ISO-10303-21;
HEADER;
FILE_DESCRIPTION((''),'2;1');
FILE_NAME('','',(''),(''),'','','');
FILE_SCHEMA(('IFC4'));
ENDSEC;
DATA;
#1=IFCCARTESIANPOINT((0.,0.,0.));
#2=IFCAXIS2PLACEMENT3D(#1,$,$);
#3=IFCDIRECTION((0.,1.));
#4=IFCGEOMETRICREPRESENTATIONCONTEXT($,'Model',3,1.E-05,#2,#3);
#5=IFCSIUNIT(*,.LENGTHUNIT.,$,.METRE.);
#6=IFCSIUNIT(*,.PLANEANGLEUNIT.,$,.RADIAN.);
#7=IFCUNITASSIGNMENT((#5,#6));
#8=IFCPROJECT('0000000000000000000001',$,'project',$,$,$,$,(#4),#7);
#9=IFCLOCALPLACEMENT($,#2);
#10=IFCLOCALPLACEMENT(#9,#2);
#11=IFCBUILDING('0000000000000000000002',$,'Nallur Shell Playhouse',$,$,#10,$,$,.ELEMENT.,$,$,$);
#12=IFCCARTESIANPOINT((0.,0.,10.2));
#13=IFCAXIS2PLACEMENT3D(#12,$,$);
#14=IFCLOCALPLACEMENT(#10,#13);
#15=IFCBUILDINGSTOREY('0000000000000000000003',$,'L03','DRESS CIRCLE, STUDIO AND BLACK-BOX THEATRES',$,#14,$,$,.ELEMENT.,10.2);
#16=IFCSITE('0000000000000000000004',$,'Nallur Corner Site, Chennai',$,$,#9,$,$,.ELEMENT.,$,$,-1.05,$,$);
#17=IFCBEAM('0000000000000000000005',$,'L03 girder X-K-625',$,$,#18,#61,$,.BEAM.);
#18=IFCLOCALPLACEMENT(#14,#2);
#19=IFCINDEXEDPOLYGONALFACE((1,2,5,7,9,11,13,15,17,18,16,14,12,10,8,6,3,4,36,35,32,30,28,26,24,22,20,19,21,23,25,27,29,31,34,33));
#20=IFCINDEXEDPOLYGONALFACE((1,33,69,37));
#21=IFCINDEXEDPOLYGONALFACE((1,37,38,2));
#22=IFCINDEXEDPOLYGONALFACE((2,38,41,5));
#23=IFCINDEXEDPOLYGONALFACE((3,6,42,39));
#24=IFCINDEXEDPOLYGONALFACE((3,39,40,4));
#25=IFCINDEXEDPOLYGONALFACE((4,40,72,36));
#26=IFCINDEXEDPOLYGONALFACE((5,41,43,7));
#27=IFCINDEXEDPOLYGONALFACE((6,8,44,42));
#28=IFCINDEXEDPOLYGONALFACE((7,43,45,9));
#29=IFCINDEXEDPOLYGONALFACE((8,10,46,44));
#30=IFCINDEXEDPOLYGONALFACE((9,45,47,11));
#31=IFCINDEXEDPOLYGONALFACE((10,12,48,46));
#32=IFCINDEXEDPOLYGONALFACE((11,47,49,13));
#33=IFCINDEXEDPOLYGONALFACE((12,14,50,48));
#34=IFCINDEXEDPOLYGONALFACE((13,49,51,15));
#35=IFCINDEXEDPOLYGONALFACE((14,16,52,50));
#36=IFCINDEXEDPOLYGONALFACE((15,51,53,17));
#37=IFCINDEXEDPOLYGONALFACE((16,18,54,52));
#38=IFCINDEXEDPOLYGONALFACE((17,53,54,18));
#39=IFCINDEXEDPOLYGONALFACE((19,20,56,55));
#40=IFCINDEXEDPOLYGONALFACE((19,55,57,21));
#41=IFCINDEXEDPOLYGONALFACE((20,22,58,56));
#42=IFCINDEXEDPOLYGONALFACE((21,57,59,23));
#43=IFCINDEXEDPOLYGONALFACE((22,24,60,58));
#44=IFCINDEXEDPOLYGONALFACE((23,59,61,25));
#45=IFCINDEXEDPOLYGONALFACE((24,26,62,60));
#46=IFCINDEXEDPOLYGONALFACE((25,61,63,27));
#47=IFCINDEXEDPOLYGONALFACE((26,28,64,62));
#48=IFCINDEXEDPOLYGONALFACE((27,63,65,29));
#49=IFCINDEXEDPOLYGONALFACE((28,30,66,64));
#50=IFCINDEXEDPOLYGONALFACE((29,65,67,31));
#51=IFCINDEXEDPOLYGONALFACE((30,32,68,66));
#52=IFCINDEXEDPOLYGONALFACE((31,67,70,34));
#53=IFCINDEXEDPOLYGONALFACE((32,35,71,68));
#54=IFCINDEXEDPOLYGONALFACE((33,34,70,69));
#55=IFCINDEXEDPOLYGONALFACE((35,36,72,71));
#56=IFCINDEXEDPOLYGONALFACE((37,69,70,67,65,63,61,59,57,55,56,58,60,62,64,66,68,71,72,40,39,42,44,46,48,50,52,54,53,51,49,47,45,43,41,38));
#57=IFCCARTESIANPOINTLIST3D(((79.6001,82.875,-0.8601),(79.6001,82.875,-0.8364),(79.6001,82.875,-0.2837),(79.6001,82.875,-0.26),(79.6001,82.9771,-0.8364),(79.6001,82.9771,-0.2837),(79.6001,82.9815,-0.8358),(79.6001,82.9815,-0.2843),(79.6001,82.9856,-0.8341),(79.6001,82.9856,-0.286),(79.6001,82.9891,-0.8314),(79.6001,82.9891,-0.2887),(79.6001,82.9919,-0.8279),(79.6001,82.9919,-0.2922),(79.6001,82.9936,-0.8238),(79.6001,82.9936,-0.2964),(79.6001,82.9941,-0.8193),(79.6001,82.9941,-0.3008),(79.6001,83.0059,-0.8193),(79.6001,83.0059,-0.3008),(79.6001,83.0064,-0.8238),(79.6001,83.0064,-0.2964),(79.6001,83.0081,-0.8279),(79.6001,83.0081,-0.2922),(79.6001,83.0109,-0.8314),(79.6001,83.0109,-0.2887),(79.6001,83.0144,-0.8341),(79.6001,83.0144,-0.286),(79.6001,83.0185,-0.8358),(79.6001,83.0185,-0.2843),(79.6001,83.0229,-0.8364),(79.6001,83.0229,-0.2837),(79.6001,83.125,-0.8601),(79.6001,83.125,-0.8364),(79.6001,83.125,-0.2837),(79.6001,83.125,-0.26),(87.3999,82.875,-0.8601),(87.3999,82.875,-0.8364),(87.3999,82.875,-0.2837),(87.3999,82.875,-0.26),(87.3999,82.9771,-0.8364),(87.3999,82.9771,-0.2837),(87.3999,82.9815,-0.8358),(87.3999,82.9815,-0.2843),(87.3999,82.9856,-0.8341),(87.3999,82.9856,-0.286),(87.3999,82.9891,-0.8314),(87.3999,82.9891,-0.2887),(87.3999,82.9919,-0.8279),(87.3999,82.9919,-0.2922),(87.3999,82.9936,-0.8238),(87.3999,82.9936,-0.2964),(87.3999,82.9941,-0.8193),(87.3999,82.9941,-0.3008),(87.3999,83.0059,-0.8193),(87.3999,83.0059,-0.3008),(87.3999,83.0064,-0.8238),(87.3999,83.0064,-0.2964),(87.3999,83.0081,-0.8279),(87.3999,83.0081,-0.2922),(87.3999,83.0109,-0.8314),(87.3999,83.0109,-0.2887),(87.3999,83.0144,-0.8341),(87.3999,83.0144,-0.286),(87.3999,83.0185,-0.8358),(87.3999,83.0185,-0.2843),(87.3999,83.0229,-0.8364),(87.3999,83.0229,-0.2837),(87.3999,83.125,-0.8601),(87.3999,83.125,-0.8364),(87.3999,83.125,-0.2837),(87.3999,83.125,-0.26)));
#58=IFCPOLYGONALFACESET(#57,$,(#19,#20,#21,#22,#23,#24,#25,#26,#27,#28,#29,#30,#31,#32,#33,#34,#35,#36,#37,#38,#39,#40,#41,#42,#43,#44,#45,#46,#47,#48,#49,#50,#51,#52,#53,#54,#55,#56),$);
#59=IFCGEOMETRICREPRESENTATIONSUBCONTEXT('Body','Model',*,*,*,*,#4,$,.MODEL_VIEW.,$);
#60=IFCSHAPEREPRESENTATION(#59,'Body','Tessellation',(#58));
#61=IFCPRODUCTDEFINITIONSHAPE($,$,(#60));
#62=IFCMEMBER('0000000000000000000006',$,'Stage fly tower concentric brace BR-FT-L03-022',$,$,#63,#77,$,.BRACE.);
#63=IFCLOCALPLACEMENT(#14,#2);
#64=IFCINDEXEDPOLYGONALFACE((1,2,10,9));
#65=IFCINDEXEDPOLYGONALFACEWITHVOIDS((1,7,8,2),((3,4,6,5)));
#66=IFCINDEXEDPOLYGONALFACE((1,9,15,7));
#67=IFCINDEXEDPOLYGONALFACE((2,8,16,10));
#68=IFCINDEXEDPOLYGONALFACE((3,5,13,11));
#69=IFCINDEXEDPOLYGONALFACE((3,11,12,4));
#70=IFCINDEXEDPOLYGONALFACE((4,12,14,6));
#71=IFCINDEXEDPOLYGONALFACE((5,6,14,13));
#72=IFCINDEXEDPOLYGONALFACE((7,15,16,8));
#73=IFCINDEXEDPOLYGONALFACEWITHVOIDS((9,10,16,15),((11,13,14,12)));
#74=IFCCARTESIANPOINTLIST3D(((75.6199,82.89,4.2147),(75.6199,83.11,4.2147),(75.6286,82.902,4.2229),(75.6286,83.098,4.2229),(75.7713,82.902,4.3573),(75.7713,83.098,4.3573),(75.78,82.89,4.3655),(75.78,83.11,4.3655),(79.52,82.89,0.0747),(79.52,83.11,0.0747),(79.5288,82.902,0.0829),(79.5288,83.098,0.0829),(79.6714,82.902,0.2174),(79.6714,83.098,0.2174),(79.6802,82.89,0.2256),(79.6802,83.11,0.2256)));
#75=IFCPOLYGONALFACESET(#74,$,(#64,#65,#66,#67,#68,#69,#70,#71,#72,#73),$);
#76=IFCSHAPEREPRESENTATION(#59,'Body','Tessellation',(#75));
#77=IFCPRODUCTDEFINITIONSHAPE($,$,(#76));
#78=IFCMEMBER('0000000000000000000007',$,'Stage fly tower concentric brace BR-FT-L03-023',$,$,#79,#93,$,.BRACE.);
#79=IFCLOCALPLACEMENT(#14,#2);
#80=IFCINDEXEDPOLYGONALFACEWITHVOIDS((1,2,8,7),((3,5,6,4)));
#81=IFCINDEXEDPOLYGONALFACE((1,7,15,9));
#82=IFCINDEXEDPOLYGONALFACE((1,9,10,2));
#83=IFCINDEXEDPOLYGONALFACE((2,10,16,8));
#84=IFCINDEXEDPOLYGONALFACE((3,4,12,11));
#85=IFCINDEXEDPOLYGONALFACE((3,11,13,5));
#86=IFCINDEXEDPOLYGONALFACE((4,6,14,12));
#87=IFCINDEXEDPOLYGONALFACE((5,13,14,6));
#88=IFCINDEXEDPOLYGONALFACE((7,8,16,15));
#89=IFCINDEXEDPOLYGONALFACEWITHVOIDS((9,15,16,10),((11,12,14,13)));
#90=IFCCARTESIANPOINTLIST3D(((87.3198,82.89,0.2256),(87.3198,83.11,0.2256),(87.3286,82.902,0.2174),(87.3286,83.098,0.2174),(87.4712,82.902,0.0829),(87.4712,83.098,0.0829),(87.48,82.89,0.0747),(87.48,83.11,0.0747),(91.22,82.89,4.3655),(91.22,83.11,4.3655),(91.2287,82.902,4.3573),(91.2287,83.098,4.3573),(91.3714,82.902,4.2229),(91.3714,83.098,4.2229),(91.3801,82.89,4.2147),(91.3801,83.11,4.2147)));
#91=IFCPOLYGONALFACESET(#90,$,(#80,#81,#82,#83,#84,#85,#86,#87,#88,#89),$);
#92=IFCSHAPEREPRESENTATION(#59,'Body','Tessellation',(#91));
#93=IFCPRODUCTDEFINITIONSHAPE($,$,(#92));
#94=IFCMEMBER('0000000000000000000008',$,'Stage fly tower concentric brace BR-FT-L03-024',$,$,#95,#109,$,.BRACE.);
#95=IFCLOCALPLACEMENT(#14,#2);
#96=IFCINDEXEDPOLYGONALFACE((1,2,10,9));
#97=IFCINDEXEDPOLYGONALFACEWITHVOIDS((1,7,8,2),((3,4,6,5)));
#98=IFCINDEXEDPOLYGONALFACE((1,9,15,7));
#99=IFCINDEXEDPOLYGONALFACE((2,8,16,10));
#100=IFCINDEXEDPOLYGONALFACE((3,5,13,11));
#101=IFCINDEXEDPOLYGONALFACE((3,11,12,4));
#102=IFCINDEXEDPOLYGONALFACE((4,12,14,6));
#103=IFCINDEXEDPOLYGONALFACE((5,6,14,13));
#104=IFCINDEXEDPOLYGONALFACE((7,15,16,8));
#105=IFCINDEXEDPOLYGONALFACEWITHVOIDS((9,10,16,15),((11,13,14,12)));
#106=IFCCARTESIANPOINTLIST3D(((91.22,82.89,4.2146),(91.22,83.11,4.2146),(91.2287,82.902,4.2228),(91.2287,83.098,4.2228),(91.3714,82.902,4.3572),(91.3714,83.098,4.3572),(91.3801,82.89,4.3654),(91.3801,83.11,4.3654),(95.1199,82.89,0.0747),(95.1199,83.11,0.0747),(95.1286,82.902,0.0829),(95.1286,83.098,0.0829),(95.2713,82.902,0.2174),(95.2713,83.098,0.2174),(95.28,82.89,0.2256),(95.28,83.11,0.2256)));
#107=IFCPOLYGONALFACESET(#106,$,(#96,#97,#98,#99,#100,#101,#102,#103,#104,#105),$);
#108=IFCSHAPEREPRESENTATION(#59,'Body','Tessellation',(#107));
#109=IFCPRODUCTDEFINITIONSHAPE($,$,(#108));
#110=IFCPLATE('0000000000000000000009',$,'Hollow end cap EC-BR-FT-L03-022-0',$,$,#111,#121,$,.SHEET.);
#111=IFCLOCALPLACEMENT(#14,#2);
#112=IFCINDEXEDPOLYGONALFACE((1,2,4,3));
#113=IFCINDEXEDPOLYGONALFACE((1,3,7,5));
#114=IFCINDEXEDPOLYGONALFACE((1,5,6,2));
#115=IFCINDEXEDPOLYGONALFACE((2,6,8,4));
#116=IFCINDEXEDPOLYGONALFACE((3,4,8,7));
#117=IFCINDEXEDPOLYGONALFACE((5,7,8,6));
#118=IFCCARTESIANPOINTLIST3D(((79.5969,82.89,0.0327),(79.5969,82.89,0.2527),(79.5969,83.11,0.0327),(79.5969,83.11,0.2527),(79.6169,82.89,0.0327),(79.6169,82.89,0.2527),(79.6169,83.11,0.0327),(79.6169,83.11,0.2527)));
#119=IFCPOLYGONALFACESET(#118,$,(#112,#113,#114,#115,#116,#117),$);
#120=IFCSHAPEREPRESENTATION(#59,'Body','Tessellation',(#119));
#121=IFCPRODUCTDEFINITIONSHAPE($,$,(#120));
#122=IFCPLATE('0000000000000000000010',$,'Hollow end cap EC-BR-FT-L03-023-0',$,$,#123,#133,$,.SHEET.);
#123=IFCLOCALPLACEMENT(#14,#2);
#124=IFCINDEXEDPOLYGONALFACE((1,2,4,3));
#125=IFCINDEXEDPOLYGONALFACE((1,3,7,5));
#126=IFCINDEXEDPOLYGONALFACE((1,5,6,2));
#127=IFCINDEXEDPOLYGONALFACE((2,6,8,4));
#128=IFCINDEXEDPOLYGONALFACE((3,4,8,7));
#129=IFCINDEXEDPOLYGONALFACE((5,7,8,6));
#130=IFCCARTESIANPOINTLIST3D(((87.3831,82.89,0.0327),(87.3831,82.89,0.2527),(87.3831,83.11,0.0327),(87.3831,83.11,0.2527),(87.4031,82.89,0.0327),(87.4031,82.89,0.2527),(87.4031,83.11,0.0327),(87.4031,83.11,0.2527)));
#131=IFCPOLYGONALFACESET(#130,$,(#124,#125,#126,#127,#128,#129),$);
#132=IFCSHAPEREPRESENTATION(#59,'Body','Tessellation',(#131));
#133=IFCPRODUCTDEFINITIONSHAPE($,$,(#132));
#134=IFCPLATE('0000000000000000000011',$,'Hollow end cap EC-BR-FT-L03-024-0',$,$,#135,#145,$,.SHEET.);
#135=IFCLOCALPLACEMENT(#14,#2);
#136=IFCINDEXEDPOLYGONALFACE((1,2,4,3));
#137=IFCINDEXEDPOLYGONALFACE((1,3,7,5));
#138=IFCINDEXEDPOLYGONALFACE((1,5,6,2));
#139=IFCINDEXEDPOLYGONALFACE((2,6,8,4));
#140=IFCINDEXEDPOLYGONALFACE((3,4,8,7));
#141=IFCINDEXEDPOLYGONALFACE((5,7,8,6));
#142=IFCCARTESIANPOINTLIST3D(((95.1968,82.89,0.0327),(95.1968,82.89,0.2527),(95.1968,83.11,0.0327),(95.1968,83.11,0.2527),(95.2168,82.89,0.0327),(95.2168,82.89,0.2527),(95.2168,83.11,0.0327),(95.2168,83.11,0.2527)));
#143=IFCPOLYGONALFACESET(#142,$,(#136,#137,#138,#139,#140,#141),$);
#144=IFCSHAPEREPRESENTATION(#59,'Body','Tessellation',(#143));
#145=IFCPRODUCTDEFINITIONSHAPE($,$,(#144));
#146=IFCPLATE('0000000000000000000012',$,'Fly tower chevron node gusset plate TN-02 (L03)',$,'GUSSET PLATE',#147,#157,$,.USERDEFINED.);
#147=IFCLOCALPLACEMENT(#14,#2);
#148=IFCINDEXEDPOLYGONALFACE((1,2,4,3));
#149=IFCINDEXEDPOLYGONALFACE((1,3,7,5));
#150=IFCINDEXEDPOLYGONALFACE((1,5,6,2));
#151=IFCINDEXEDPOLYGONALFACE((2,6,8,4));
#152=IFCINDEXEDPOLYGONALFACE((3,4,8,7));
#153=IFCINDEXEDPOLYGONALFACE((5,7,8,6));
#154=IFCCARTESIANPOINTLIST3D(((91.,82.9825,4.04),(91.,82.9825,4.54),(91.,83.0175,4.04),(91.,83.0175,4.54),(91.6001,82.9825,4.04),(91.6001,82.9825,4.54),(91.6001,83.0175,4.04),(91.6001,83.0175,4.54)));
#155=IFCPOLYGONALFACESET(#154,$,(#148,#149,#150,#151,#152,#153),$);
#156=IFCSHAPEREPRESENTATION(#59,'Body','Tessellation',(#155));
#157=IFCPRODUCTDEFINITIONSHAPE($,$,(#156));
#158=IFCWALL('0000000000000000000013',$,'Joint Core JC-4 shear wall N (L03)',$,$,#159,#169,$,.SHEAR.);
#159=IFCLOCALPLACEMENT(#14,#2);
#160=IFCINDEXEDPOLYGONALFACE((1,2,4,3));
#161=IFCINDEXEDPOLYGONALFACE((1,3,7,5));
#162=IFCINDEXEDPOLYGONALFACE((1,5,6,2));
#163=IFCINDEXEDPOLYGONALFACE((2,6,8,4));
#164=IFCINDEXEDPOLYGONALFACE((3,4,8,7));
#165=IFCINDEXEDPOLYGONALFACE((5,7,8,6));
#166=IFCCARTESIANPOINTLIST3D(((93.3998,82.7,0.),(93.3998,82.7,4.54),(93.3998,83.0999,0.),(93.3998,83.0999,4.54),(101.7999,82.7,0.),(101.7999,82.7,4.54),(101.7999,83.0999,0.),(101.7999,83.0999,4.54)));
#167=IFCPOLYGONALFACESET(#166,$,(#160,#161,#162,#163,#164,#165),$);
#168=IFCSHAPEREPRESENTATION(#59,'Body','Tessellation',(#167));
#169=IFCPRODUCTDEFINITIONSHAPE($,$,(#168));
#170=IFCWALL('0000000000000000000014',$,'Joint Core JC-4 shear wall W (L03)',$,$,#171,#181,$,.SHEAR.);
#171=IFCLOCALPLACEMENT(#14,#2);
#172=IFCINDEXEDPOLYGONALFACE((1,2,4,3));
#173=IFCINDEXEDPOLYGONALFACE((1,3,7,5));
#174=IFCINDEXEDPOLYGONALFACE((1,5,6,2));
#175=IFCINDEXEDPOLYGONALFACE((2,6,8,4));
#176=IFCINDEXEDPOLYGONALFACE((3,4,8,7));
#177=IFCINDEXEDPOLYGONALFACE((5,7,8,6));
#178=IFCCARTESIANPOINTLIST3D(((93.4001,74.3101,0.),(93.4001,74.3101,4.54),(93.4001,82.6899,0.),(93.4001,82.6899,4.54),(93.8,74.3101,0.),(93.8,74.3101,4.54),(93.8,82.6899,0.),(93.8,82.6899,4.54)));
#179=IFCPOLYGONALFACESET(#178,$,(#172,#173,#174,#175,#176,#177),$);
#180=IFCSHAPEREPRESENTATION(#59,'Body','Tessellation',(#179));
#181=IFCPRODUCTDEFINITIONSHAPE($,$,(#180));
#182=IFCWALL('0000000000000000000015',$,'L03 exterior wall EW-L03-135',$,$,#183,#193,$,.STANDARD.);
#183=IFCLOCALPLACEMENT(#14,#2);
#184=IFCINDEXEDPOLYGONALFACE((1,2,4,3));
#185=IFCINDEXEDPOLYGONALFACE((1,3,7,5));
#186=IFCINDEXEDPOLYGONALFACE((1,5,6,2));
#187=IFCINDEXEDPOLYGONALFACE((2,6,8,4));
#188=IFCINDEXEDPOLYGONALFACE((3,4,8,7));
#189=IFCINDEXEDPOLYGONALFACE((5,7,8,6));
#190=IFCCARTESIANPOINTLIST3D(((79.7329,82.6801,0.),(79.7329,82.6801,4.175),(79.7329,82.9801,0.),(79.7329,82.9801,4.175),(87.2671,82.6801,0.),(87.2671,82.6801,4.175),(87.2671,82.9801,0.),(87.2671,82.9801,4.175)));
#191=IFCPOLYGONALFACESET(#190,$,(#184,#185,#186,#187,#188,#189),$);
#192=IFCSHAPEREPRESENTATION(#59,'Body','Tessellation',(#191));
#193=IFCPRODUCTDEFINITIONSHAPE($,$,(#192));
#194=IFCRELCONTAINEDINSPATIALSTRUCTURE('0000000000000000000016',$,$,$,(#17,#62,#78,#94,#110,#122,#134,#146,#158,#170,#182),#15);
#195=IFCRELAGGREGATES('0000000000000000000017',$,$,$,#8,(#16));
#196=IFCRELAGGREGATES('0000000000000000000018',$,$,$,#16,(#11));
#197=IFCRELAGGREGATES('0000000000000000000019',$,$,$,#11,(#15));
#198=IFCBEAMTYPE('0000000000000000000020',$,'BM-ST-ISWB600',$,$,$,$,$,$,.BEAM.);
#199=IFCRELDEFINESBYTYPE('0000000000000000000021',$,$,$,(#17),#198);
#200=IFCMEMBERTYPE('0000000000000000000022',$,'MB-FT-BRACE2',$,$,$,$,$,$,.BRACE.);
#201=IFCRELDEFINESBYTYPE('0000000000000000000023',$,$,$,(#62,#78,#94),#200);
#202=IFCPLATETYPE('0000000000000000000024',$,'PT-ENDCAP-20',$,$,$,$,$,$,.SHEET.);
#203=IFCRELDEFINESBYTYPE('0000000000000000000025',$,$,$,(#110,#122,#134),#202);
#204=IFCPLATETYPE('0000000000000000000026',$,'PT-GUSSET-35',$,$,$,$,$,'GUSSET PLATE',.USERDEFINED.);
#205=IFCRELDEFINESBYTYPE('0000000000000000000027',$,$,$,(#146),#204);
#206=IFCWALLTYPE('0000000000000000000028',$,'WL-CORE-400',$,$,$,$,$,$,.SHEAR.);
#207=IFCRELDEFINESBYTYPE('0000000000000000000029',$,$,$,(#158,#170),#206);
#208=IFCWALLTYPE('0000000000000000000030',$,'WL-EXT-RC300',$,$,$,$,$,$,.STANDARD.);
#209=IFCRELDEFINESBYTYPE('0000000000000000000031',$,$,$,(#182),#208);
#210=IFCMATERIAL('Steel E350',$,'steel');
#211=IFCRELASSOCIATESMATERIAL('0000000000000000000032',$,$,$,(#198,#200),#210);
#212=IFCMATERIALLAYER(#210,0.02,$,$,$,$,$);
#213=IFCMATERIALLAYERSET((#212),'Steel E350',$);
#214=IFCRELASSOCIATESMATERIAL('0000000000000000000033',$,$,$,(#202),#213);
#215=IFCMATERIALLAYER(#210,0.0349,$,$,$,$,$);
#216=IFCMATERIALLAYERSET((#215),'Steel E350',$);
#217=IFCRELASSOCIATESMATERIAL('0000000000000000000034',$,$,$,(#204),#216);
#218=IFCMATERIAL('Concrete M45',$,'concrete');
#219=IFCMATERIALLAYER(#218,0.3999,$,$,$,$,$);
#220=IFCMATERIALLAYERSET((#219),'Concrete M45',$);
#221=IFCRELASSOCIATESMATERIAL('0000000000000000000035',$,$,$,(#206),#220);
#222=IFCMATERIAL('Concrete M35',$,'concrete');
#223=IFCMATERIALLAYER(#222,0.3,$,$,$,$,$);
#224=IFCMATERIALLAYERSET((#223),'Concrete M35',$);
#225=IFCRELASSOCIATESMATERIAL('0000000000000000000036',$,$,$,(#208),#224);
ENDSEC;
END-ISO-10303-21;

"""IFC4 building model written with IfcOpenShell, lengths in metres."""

from ifc_helpers import new_model, si_unit, direction, frame, frame_2d, origin, origin_2d, place, context, subcontext, project, spatial, rectangle, hollow_rectangle, i_section, extrude, material, layer, layer_set, material_profile, profile_set, type_object, element, save


model = new_model("IFC4")

# Units and contexts
model_context = context("Model", 3, precision=1e-05, world=origin(), true_north=direction((0.0, 1.0)))
body_context = subcontext(model_context, "Body", "Model", "MODEL_VIEW")
ifc_project = project(units=[si_unit("LENGTHUNIT", "METRE"), si_unit("PLANEANGLEUNIT", "RADIAN")], contexts=[model_context])

# Site, building, storey
site_placement = place(None, origin())
site = spatial("IfcSite", under=ifc_project, at=site_placement, Name="Nallur Corner Site, Chennai", CompositionType="ELEMENT", RefElevation=-1.05)
building_placement = place(site_placement, origin())
building = spatial("IfcBuilding", under=site, at=building_placement, Name="Nallur Shell Playhouse", CompositionType="ELEMENT")
storey_placement = place(building_placement, frame((0.0, 0.0, 10.2)))
storey = spatial("IfcBuildingStorey", under=building, at=storey_placement, Name="L03", Description="DRESS CIRCLE, STUDIO AND BLACK-BOX THEATRES", CompositionType="ELEMENT", Elevation=10.2)

# Shared definitions
ifc_material_1 = material(Name="Steel E350", Category="steel")

# Beam
ifc_material_2 = material(Name="Concrete M35", Category="concrete")
ifc_material_profile_1 = material_profile(ifc_material_1, i_section(OverallWidth=0.25, OverallDepth=0.6001, WebThickness=0.0117, FlangeThickness=0.0237, FilletRadius=0.0171, at=origin_2d()), Name="ISWB 600")
ifc_profile_set_1 = profile_set([ifc_material_profile_1], Name="Steel E350")
beam_type_1 = type_object("IfcBeamType", Name="BM-ST-ISWB600", PredefinedType="BEAM", material=ifc_profile_set_1)
beam_1_placement = place(storey_placement, frame((79.6001, 83.0, -0.5601), z_axis=(1.0, 0.0, 0.0), x_axis=(0.0, 1.0, 0.0)))
element("IfcBeam", 1, at=beam_1_placement, inside=storey, type_object=beam_type_1, Name="L03 girder X-K-625", PredefinedType="BEAM", context=body_context, shape_type="SweptSolid", body=[
    extrude(i_section(OverallWidth=0.25, OverallDepth=0.6001, WebThickness=0.0117, FlangeThickness=0.0237, FilletRadius=0.0171, at=origin_2d()), origin(), (0.0, 0.0, 1.0), 7.7998),
])

# Members
ifc_material_profile_2 = material_profile(ifc_material_1, hollow_rectangle(XDim=0.22, YDim=0.22, WallThickness=0.012, at=origin_2d()), Name="SHS 220x220x12")
ifc_profile_set_2 = profile_set([ifc_material_profile_2], Name="Steel E350")
member_type = type_object("IfcMemberType", Name="MB-FT-BRACE2", PredefinedType="BRACE", material=ifc_profile_set_2)
for number, where, z_axis, x_axis, name in (
    (2, (79.6001, 83.0, 0.1501), (-0.685717, 0.0, 0.727868), (0.0, -1.0, 0.0), "Stage fly tower concentric brace BR-FT-L03-022"),
    (3, (87.3999, 83.0, 0.1501), (0.685717, 0.0, 0.727868), (0.0, 1.0, 0.0), "Stage fly tower concentric brace BR-FT-L03-023"),
):
    element("IfcMember", number, at=place(storey_placement, frame(where, z_axis=z_axis, x_axis=x_axis)), inside=storey, type_object=member_type, Name=name, PredefinedType="BRACE", context=body_context, shape_type="SweptSolid", body=[
        extrude(hollow_rectangle(XDim=0.22, YDim=0.22, WallThickness=0.012, at=origin_2d()), origin(), (0.0, 0.0, 1.0), 5.6877),
    ])
member_placement = place(storey_placement, frame((95.2, 83.0, 0.1501), z_axis=(-0.685694, 0.0, 0.72789), x_axis=(0.0, -1.0, 0.0)))
element("IfcMember", 4, at=member_placement, inside=storey, type_object=member_type, Name="Stage fly tower concentric brace BR-FT-L03-024", PredefinedType="BRACE", context=body_context, shape_type="SweptSolid", body=[
    extrude(hollow_rectangle(XDim=0.22, YDim=0.22, WallThickness=0.012, at=origin_2d()), origin(), (0.0, 0.0, 1.0), 5.6875),
])

# Plates
ifc_layer_1 = layer(ifc_material_1, 0.02)
ifc_layer_set_1 = layer_set([ifc_layer_1], Name="Steel E350")
plate_type_1 = type_object("IfcPlateType", Name="PT-ENDCAP-20", PredefinedType="SHEET", material=ifc_layer_set_1)
for number, where, z_axis, x_axis, name in (
    (5, (79.6069, 83.0, 0.0327), (0.0, 0.0, 1.0), (1.0, 0.0, 0.0), "Hollow end cap EC-BR-FT-L03-022-0"),
    (6, (87.3931, 83.0, 0.0327), (0.0, 0.0, 1.0), (1.0, 0.0, 0.0), "Hollow end cap EC-BR-FT-L03-023-0"),
    (7, (95.2068, 83.0, 0.0327), (0.0, 0.0, 1.0), (1.0, 0.0, 0.0), "Hollow end cap EC-BR-FT-L03-024-0"),
):
    element("IfcPlate", number, at=place(storey_placement, frame(where, z_axis=z_axis, x_axis=x_axis)), inside=storey, type_object=plate_type_1, Name=name, PredefinedType="SHEET", context=body_context, shape_type="SweptSolid", body=[
        extrude(rectangle(XDim=0.02, YDim=0.22, at=origin_2d()), origin(), (0.0, 0.0, 1.0), 0.22),
    ])
ifc_layer_2 = layer(ifc_material_1, 0.0349)
ifc_layer_set_2 = layer_set([ifc_layer_2], Name="Steel E350")
plate_type_2 = type_object("IfcPlateType", Name="PT-GUSSET-35", ElementType="GUSSET PLATE", PredefinedType="USERDEFINED", material=ifc_layer_set_2)
plate_placement = place(storey_placement, frame((91.3, 83.0, 4.04), z_axis=(0.0, 0.0, 1.0), x_axis=(1.0, 0.0, 0.0)))
element("IfcPlate", 8, at=plate_placement, inside=storey, type_object=plate_type_2, Name="Fly tower chevron node gusset plate TN-02 (L03)", ObjectType="GUSSET PLATE", PredefinedType="USERDEFINED", context=body_context, shape_type="SweptSolid", body=[
    extrude(rectangle(XDim=0.6001, YDim=0.0349, at=origin_2d()), origin(), (0.0, 0.0, 1.0), 0.5),
])

# Walls
ifc_material_3 = material(Name="Concrete M45", Category="concrete")
ifc_layer_3 = layer(ifc_material_3, 0.3999)
ifc_layer_set_3 = layer_set([ifc_layer_3], Name="Concrete M45")
wall_type_1 = type_object("IfcWallType", Name="WL-CORE-400", PredefinedType="SHEAR", material=ifc_layer_set_3)
wall_1_placement = place(storey_placement, frame((101.8, 82.8999, 0.0), z_axis=(0.0, 0.0, 1.0), x_axis=(-1.0, 0.0, 0.0)))
element("IfcWall", 9, at=wall_1_placement, inside=storey, type_object=wall_type_1, Name="Joint Core JC-4 shear wall N (L03)", PredefinedType="SHEAR", context=body_context, shape_type="SweptSolid", body=[
    extrude(rectangle(XDim=8.4001, YDim=0.3999, at=frame_2d((4.2002, 0.0))), origin(), (0.0, 0.0, 1.0), 4.54),
])
wall_2_placement = place(storey_placement, frame((93.6001, 82.6899, 0.0), z_axis=(0.0, 0.0, 1.0), x_axis=(0.0, -1.0, 0.0)))
element("IfcWall", 10, at=wall_2_placement, inside=storey, type_object=wall_type_1, Name="Joint Core JC-4 shear wall W (L03)", PredefinedType="SHEAR", context=body_context, shape_type="SweptSolid", body=[
    extrude(rectangle(XDim=8.3799, YDim=0.3999, at=frame_2d((4.1899, 0.0))), origin(), (0.0, 0.0, 1.0), 4.54),
])
ifc_layer_4 = layer(ifc_material_2, 0.3)
ifc_layer_set_4 = layer_set([ifc_layer_4], Name="Concrete M35")
wall_type_2 = type_object("IfcWallType", Name="WL-EXT-RC300", PredefinedType="STANDARD", material=ifc_layer_set_4)
wall_3_placement = place(storey_placement, frame((79.7329, 82.8301, 0.0), z_axis=(0.0, 0.0, 1.0), x_axis=(1.0, 0.0, 0.0)))
element("IfcWall", 11, at=wall_3_placement, inside=storey, type_object=wall_type_2, Name="L03 exterior wall EW-L03-135", PredefinedType="STANDARD", context=body_context, shape_type="SweptSolid", body=[
    extrude(rectangle(XDim=7.5342, YDim=0.3, at=frame_2d((3.7671, 0.0))), origin(), (0.0, 0.0, 1.0), 4.175),
])

save(model, "model.ifc")
